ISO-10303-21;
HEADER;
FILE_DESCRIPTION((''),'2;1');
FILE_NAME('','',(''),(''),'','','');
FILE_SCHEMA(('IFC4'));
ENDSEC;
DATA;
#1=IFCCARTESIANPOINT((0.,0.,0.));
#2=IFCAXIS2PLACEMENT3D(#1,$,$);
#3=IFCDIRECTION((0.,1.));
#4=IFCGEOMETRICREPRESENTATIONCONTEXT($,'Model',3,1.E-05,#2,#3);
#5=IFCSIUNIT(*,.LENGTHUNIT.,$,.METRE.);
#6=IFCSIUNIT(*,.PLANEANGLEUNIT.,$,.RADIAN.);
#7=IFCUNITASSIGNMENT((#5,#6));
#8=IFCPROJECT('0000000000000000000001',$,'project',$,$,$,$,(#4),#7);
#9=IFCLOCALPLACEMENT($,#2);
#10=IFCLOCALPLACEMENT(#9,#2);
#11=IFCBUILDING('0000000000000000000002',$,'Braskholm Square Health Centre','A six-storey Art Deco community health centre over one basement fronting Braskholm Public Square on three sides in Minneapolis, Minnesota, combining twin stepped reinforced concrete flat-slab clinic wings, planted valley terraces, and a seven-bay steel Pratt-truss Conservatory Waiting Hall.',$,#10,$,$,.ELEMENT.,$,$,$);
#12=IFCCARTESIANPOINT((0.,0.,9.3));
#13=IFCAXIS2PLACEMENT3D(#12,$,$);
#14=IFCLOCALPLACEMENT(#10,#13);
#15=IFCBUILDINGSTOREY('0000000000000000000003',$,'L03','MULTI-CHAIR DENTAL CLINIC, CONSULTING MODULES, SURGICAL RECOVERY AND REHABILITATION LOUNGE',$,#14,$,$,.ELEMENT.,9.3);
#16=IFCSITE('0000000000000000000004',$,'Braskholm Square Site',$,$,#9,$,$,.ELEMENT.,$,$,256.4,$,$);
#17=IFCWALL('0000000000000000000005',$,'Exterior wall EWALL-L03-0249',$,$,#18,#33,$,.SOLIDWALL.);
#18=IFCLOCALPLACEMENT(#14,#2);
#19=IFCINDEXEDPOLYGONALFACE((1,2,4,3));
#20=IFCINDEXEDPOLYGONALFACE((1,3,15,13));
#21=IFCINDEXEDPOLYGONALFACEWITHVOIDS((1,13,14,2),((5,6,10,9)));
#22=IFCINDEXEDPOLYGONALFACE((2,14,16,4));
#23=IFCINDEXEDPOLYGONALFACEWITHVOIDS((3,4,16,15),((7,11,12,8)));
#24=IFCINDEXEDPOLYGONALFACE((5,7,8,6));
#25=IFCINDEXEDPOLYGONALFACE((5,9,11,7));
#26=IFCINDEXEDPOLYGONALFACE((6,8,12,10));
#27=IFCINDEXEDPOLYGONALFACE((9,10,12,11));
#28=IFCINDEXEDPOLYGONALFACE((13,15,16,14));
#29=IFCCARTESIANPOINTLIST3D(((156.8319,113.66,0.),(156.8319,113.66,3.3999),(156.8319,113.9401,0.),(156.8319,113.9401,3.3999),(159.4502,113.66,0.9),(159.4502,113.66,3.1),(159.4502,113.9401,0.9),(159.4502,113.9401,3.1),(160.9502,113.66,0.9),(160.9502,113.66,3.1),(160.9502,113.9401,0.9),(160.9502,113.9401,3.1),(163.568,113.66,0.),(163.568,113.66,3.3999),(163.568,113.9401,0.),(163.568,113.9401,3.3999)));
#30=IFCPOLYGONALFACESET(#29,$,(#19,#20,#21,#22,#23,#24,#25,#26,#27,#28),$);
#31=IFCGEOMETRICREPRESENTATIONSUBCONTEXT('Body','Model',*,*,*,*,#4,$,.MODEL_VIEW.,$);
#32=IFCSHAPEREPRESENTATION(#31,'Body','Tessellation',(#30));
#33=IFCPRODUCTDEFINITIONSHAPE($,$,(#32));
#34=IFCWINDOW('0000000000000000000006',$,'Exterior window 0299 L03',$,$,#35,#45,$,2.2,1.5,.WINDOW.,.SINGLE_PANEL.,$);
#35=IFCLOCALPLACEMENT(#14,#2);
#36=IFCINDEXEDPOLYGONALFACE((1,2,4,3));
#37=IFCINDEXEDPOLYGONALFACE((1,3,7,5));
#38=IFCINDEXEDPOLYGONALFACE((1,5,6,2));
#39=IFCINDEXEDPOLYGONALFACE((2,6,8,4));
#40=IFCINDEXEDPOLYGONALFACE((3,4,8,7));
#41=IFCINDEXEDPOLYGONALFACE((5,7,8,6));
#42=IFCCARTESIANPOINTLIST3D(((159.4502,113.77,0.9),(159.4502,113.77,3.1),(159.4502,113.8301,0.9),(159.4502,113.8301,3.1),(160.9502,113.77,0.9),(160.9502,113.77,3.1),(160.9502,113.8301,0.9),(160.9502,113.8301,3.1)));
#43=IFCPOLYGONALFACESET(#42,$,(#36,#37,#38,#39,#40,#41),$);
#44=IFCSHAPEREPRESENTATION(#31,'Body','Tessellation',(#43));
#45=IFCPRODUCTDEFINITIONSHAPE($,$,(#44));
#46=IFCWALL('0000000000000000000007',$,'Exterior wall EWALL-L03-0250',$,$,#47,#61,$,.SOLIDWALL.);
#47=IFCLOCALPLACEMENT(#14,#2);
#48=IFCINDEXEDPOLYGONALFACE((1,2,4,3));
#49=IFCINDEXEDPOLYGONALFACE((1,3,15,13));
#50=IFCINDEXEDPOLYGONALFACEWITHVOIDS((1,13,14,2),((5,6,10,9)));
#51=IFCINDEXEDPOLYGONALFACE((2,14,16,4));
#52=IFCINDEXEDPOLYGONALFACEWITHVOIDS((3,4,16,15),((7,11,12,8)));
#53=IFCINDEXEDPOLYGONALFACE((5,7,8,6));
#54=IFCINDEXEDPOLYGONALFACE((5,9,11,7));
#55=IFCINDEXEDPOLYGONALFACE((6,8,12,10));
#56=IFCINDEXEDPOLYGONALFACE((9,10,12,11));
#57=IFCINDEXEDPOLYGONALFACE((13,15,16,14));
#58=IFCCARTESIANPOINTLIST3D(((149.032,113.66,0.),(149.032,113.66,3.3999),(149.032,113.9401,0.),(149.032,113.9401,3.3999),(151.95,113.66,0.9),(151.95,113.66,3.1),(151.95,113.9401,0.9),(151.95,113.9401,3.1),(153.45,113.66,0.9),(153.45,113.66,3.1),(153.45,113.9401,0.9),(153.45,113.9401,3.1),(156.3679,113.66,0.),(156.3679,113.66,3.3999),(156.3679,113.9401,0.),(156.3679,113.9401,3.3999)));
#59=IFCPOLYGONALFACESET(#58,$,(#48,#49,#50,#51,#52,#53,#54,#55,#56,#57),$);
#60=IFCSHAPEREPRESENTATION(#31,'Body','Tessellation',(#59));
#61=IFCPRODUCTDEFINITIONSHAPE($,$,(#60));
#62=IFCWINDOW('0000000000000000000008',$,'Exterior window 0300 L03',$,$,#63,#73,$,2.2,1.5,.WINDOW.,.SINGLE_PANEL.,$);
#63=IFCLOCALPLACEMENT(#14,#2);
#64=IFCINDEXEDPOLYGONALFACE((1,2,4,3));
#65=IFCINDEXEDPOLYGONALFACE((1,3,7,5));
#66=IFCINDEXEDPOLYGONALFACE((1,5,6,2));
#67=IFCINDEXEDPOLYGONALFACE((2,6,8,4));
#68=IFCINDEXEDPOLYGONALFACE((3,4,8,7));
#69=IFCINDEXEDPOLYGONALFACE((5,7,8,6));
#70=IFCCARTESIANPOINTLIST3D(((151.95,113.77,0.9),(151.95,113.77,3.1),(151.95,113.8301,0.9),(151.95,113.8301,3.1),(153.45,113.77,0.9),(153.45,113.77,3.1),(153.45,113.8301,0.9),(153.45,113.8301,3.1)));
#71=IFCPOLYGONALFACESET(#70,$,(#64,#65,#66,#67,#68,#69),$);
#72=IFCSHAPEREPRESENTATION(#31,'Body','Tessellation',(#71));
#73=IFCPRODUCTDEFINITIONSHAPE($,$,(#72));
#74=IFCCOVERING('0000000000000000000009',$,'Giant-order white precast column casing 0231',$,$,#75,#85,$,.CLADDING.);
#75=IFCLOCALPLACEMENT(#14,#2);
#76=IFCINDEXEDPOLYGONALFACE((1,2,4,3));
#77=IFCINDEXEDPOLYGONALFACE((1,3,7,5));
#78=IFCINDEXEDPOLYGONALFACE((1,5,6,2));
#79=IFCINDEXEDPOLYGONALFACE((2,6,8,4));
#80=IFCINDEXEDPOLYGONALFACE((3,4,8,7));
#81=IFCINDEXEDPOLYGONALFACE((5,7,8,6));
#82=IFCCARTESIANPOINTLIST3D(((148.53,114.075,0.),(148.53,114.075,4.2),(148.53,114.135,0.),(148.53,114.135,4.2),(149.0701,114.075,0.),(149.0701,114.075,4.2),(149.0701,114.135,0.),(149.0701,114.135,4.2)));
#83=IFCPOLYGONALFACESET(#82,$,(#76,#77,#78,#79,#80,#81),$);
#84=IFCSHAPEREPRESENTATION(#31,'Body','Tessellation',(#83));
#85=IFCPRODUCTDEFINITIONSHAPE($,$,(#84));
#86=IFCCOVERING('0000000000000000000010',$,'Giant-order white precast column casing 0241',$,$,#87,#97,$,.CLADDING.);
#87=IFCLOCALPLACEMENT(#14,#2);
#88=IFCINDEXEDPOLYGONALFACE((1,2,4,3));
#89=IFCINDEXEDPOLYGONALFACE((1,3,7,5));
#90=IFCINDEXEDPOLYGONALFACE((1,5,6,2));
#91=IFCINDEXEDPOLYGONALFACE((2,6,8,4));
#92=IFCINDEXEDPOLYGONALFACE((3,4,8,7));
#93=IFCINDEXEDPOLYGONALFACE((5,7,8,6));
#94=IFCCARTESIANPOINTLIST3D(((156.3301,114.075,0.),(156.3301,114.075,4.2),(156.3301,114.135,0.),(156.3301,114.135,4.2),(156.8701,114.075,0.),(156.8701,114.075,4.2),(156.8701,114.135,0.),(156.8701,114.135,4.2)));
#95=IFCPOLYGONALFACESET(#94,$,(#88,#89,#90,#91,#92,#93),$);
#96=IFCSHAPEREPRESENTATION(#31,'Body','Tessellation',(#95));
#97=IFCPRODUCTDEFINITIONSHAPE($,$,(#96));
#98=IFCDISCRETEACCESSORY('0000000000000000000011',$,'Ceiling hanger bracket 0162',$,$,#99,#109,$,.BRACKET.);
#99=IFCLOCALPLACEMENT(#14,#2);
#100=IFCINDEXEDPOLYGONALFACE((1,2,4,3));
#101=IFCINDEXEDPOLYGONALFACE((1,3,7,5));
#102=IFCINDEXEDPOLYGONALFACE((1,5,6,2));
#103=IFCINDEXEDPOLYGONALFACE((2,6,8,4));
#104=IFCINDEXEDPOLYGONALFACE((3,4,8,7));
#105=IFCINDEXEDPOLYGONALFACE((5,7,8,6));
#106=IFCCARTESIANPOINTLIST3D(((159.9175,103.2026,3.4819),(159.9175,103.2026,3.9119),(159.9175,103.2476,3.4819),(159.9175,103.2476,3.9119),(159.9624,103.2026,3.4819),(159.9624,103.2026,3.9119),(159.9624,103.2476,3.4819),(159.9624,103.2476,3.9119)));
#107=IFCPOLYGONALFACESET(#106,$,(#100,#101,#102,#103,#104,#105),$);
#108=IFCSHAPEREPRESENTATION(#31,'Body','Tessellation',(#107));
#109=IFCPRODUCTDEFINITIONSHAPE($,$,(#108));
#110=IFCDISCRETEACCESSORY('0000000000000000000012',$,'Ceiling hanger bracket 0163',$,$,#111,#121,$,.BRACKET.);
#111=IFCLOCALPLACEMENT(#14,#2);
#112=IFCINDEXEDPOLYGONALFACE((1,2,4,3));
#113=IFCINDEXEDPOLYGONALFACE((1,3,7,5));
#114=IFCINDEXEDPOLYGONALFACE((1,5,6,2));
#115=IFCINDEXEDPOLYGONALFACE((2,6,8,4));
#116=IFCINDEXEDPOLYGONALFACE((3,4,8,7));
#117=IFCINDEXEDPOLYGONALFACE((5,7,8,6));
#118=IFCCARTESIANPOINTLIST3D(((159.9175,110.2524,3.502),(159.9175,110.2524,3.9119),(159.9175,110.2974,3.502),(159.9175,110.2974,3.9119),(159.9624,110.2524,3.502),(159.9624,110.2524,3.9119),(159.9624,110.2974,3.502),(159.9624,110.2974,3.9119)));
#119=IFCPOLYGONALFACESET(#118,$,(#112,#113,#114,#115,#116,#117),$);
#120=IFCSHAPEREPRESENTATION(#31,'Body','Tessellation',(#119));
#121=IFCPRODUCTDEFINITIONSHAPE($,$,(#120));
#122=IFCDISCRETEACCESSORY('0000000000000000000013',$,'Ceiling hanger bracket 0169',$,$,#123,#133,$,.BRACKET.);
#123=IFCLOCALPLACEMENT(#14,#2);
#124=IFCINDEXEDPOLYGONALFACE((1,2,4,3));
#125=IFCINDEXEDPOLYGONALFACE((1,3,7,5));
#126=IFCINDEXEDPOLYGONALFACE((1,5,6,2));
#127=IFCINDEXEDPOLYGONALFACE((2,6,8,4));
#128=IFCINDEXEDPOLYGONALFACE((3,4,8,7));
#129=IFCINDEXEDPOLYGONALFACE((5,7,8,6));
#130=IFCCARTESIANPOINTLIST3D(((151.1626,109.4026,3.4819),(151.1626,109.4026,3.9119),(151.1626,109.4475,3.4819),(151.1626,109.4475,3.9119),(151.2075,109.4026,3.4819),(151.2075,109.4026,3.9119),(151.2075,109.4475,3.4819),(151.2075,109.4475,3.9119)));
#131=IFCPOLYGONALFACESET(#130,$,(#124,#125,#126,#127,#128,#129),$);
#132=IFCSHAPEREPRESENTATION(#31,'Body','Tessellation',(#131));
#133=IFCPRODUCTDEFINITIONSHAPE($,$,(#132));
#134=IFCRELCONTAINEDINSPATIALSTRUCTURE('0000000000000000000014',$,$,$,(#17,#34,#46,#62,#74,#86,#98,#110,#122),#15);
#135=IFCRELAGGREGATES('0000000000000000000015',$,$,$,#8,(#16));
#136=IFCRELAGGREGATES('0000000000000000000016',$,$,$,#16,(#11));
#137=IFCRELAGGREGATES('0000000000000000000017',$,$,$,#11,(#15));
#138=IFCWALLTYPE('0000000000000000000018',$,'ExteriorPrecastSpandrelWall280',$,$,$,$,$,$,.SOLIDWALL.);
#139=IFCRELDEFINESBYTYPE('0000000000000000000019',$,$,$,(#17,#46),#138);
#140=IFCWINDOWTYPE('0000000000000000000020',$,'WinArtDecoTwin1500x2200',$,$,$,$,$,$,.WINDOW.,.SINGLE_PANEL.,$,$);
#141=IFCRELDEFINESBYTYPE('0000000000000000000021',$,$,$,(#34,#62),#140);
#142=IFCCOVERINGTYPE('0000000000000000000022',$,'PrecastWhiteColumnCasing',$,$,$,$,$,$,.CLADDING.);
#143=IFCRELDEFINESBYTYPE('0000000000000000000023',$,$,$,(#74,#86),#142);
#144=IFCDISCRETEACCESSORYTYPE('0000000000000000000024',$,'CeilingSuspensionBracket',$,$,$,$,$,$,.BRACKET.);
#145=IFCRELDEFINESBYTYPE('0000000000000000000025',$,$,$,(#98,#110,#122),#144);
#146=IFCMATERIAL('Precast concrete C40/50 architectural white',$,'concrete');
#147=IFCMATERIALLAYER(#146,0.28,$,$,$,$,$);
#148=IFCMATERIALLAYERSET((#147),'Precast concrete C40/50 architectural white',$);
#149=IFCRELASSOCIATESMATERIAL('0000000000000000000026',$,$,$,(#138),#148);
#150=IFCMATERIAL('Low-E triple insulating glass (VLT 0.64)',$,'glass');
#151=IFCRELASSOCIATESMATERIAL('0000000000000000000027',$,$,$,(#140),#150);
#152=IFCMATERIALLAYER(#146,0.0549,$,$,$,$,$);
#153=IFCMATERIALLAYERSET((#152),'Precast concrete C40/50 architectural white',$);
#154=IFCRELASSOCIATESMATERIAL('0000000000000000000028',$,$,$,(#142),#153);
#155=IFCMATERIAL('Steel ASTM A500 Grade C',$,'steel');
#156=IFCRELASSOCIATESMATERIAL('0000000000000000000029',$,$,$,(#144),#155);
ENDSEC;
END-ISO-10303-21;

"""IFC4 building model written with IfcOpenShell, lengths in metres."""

from ifc_helpers import new_model, si_unit, direction, frame, frame_2d, origin, origin_with_axes, origin_2d, place, context, subcontext, project, spatial, rectangle, extrude, material, layer, layer_set, type_object, element, fill, save


model = new_model("IFC4")

# Units and contexts
model_context = context("Model", 3, precision=1e-05, world=origin(), true_north=direction((0.0, 1.0)))
body_context = subcontext(model_context, "Body", "Model", "MODEL_VIEW")
ifc_project = project(units=[si_unit("LENGTHUNIT", "METRE"), si_unit("PLANEANGLEUNIT", "RADIAN")], contexts=[model_context])

# Site, building, storey
site_placement = place(None, origin())
site = spatial("IfcSite", under=ifc_project, at=site_placement, Name="Braskholm Square Site", CompositionType="ELEMENT", RefElevation=256.4)
building_placement = place(site_placement, origin())
building = spatial("IfcBuilding", under=site, at=building_placement, Name="Braskholm Square Health Centre", Description="A six-storey Art Deco community health centre over one basement fronting Braskholm Public Square on three sides in Minneapolis, Minnesota, combining twin stepped reinforced concrete flat-slab clinic wings, planted valley terraces, and a seven-bay steel Pratt-truss Conservatory Waiting Hall.", CompositionType="ELEMENT")
storey_placement = place(building_placement, frame((0.0, 0.0, 9.3)))
storey = spatial("IfcBuildingStorey", under=building, at=storey_placement, Name="L03", Description="MULTI-CHAIR DENTAL CLINIC, CONSULTING MODULES, SURGICAL RECOVERY AND REHABILITATION LOUNGE", CompositionType="ELEMENT", Elevation=9.3)

# Shared definitions
ifc_material_1 = material(Name="Precast concrete C40/50 architectural white", Category="concrete")

# Shared definitions
ifc_material_2 = material(Name="Low-E triple insulating glass (VLT 0.64)", Category="glass")

# Walls, openings, windows
ifc_layer_1 = layer(ifc_material_1, 0.28)
ifc_layer_set_1 = layer_set([ifc_layer_1], Name="Precast concrete C40/50 architectural white")
wall_type_1 = type_object("IfcWallType", Name="ExteriorPrecastSpandrelWall280", PredefinedType="SOLIDWALL", material=ifc_layer_set_1)
wall_1_placement = place(storey_placement, frame((163.5681, 113.8, 0.0), z_axis=(0.0, 0.0, 1.0), x_axis=(-1.0, 0.0, 0.0)))
wall_1 = element("IfcWall", 1, at=wall_1_placement, inside=storey, type_object=wall_type_1, Name="Exterior wall EWALL-L03-0249", PredefinedType="SOLIDWALL", context=body_context, shape_type="SweptSolid", body=[
    extrude(rectangle(XDim=6.7361, YDim=0.28, at=frame_2d((3.3682, 0.0))), origin(), (0.0, 0.0, 1.0), 3.3999),
])
opening_1_placement = place(wall_1_placement, frame((2.6179, 0.0, 0.8999)))
opening_1 = element("IfcOpeningElement", 2, at=opening_1_placement, cuts=wall_1, PredefinedType="OPENING", context=body_context, shape_type="SweptSolid", body=[
    extrude(rectangle(XDim=1.5, YDim=2.2, at=frame_2d((0.75, 1.1001))), frame((0.0, 0.1499, 0.0), z_axis=(0.0, -1.0, 0.0), x_axis=(1.0, 0.0, 0.0)), (0.0, 0.0, 1.0), 0.3),
])
window_type = type_object("IfcWindowType", Name="WinArtDecoTwin1500x2200", PartitioningType="SINGLE_PANEL", PredefinedType="WINDOW", material=ifc_material_2)
window_1_placement = place(opening_1_placement, origin_with_axes())
window_1 = element("IfcWindow", 3, at=window_1_placement, inside=storey, type_object=window_type, Name="Exterior window 0299 L03", OverallHeight=2.2, OverallWidth=1.5, PartitioningType="SINGLE_PANEL", PredefinedType="WINDOW", context=body_context, shape_type="SweptSolid", body=[
    extrude(rectangle(XDim=1.5, YDim=2.2, at=frame_2d((0.75, 1.1001))), frame((0.0, 0.03, 0.0), z_axis=(0.0, -1.0, 0.0), x_axis=(1.0, 0.0, 0.0)), (0.0, 0.0, 1.0), 0.0601),
])
fill(opening_1, window_1)
wall_2_placement = place(storey_placement, frame((156.3679, 113.8, 0.0), z_axis=(0.0, 0.0, 1.0), x_axis=(-1.0, 0.0, 0.0)))
wall_2 = element("IfcWall", 4, at=wall_2_placement, inside=storey, type_object=wall_type_1, Name="Exterior wall EWALL-L03-0250", PredefinedType="SOLIDWALL", context=body_context, shape_type="SweptSolid", body=[
    extrude(rectangle(XDim=7.3359, YDim=0.28, at=frame_2d((3.668, 0.0))), origin(), (0.0, 0.0, 1.0), 3.3999),
])
opening_2_placement = place(wall_2_placement, frame((2.918, 0.0, 0.8999)))
opening_2 = element("IfcOpeningElement", 5, at=opening_2_placement, cuts=wall_2, PredefinedType="OPENING", context=body_context, shape_type="SweptSolid", body=[
    extrude(rectangle(XDim=1.5, YDim=2.2, at=frame_2d((0.75, 1.1001))), frame((0.0, 0.1499, 0.0), z_axis=(0.0, -1.0, 0.0), x_axis=(1.0, 0.0, 0.0)), (0.0, 0.0, 1.0), 0.3),
])
window_2_placement = place(opening_2_placement, origin_with_axes())
window_2 = element("IfcWindow", 6, at=window_2_placement, inside=storey, type_object=window_type, Name="Exterior window 0300 L03", OverallHeight=2.2, OverallWidth=1.5, PartitioningType="SINGLE_PANEL", PredefinedType="WINDOW", context=body_context, shape_type="SweptSolid", body=[
    extrude(rectangle(XDim=1.5, YDim=2.2, at=frame_2d((0.75, 1.1001))), frame((0.0, 0.03, 0.0), z_axis=(0.0, -1.0, 0.0), x_axis=(1.0, 0.0, 0.0)), (0.0, 0.0, 1.0), 0.0601),
])
fill(opening_2, window_2)

# Coverings
ifc_layer_2 = layer(ifc_material_1, 0.0549)
ifc_layer_set_2 = layer_set([ifc_layer_2], Name="Precast concrete C40/50 architectural white")
covering_type = type_object("IfcCoveringType", Name="PrecastWhiteColumnCasing", PredefinedType="CLADDING", material=ifc_layer_set_2)
for number, where, z_axis, x_axis, name in (
    (7, (148.8, 114.105, 0.0), (0.0, 0.0, 1.0), (1.0, 0.0, 0.0), "Giant-order white precast column casing 0231"),
    (8, (156.6001, 114.105, 0.0), (0.0, 0.0, 1.0), (1.0, 0.0, 0.0), "Giant-order white precast column casing 0241"),
):
    element("IfcCovering", number, at=place(storey_placement, frame(where, z_axis=z_axis, x_axis=x_axis)), inside=storey, type_object=covering_type, Name=name, PredefinedType="CLADDING", context=body_context, shape_type="SweptSolid", body=[
        extrude(rectangle(XDim=0.54, YDim=0.0601, at=origin_2d()), origin(), (0.0, 0.0, 1.0), 4.2),
    ])

# Discrete accessories
ifc_material_3 = material(Name="Steel ASTM A500 Grade C", Category="steel")
discrete_accessory_type = type_object("IfcDiscreteAccessoryType", Name="CeilingSuspensionBracket", PredefinedType="BRACKET", material=ifc_material_3)
discrete_accessory_1_placement = place(storey_placement, frame((159.9399, 103.2251, 3.4819), z_axis=(0.0, 0.0, 1.0), x_axis=(1.0, 0.0, 0.0)))
element("IfcDiscreteAccessory", 9, at=discrete_accessory_1_placement, inside=storey, type_object=discrete_accessory_type, Name="Ceiling hanger bracket 0162", PredefinedType="BRACKET", context=body_context, shape_type="SweptSolid", body=[
    extrude(rectangle(XDim=0.0449, YDim=0.0449, at=origin_2d()), origin(), (0.0, 0.0, 1.0), 0.4299),
])
discrete_accessory_2_placement = place(storey_placement, frame((159.9399, 110.2749, 3.502), z_axis=(0.0, 0.0, 1.0), x_axis=(1.0, 0.0, 0.0)))
element("IfcDiscreteAccessory", 10, at=discrete_accessory_2_placement, inside=storey, type_object=discrete_accessory_type, Name="Ceiling hanger bracket 0163", PredefinedType="BRACKET", context=body_context, shape_type="SweptSolid", body=[
    extrude(rectangle(XDim=0.0449, YDim=0.0449, at=origin_2d()), origin(), (0.0, 0.0, 1.0), 0.4099),
])
discrete_accessory_3_placement = place(storey_placement, frame((151.1851, 109.425, 3.4819), z_axis=(0.0, 0.0, 1.0), x_axis=(1.0, 0.0, 0.0)))
element("IfcDiscreteAccessory", 11, at=discrete_accessory_3_placement, inside=storey, type_object=discrete_accessory_type, Name="Ceiling hanger bracket 0169", PredefinedType="BRACKET", context=body_context, shape_type="SweptSolid", body=[
    extrude(rectangle(XDim=0.0449, YDim=0.0449, at=origin_2d()), origin(), (0.0, 0.0, 1.0), 0.4299),
])

save(model, "model.ifc")
